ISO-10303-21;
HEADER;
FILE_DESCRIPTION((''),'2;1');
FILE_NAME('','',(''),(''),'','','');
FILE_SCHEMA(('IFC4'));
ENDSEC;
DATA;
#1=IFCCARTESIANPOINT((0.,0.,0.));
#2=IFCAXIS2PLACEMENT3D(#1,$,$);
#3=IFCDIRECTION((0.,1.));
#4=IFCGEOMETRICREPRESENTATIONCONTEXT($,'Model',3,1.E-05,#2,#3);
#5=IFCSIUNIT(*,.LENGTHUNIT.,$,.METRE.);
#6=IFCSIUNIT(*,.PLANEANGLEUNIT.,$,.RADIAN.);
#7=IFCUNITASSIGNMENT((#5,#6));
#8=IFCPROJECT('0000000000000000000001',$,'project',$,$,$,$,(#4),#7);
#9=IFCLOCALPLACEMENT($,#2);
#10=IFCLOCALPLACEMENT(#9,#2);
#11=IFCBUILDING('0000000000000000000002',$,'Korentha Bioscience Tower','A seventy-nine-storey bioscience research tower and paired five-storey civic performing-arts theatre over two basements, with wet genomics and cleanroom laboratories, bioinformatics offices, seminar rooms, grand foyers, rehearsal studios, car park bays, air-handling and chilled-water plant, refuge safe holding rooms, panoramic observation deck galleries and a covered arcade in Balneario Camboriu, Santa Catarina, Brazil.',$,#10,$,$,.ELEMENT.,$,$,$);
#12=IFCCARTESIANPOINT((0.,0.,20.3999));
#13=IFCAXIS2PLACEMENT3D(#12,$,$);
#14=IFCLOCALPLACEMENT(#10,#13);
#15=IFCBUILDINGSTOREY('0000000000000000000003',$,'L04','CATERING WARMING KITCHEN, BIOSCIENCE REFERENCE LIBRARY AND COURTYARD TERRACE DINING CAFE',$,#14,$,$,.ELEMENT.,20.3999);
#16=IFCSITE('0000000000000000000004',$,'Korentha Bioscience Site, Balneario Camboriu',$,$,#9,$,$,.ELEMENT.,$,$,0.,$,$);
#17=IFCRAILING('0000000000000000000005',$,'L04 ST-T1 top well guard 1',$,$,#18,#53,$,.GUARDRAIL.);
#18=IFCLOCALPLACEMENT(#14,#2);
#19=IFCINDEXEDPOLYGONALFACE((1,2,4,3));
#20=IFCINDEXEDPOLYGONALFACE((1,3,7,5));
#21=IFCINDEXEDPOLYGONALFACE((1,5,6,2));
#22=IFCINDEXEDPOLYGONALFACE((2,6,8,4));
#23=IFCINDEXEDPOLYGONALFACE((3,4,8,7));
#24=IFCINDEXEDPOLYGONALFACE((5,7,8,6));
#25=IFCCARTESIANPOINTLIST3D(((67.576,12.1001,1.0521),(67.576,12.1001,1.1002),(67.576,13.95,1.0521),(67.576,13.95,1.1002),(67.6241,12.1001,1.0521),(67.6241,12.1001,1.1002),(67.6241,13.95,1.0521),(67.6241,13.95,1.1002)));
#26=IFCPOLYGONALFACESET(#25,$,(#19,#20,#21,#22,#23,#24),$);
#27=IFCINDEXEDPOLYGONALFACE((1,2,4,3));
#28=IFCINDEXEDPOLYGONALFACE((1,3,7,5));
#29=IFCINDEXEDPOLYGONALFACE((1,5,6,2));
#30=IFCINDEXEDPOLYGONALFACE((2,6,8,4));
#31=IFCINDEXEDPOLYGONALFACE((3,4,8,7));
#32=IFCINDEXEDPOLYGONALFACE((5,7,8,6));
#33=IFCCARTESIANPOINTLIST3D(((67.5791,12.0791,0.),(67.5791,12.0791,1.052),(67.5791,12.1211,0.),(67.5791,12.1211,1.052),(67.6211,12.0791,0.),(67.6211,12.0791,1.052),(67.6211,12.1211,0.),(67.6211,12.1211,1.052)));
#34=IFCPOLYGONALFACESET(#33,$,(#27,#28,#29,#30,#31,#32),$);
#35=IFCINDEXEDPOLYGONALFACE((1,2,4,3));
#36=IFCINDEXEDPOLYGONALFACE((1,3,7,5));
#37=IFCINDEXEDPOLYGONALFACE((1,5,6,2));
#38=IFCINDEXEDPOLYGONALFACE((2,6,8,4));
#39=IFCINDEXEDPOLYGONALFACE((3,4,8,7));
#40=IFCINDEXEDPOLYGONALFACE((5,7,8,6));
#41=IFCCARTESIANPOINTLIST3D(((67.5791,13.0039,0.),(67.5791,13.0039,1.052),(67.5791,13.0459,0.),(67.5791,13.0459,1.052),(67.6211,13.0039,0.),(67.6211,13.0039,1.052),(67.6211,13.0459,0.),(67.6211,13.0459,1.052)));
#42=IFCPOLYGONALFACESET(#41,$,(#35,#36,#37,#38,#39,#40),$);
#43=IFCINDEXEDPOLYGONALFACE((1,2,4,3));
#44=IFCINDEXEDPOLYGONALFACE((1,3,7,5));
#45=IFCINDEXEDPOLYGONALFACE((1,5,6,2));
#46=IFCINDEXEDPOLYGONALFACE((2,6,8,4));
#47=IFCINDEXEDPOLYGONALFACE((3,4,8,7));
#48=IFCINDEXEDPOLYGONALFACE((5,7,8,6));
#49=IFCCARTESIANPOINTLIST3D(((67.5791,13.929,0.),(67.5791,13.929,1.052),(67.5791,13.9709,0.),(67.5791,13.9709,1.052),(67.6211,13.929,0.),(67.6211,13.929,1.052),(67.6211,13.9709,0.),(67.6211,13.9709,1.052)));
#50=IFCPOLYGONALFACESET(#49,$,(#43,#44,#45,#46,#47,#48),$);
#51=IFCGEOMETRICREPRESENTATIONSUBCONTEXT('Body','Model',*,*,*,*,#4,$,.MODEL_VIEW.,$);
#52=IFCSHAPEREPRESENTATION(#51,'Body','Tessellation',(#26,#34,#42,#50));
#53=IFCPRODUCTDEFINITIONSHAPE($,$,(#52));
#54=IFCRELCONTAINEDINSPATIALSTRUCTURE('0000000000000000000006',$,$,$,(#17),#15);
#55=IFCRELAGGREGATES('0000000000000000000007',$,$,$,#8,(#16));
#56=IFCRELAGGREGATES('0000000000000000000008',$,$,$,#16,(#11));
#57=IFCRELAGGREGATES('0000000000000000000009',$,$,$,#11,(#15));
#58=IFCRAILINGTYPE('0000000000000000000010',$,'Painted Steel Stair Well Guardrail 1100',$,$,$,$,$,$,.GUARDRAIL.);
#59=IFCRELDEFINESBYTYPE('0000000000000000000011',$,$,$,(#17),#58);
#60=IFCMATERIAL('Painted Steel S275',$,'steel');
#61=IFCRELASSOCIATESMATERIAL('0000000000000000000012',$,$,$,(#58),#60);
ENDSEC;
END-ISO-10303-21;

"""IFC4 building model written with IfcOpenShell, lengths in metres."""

from ifc_helpers import new_model, si_unit, direction, frame, origin, origin_2d, place, context, subcontext, project, spatial, rectangle, extrude, material, type_object, element, save


model = new_model("IFC4")

# Units and contexts
model_context = context("Model", 3, precision=1e-05, world=origin(), true_north=direction((0.0, 1.0)))
body_context = subcontext(model_context, "Body", "Model", "MODEL_VIEW")
ifc_project = project(units=[si_unit("LENGTHUNIT", "METRE"), si_unit("PLANEANGLEUNIT", "RADIAN")], contexts=[model_context])

# Site, building, storey
site_placement = place(None, origin())
site = spatial("IfcSite", under=ifc_project, at=site_placement, Name="Korentha Bioscience Site, Balneario Camboriu", CompositionType="ELEMENT", RefElevation=0.0)
building_placement = place(site_placement, origin())
building = spatial("IfcBuilding", under=site, at=building_placement, Name="Korentha Bioscience Tower", Description="A seventy-nine-storey bioscience research tower and paired five-storey civic performing-arts theatre over two basements, with wet genomics and cleanroom laboratories, bioinformatics offices, seminar rooms, grand foyers, rehearsal studios, car park bays, air-handling and chilled-water plant, refuge safe holding rooms, panoramic observation deck galleries and a covered arcade in Balneario Camboriu, Santa Catarina, Brazil.", CompositionType="ELEMENT")
storey_placement = place(building_placement, frame((0.0, 0.0, 20.3999)))
storey = spatial("IfcBuildingStorey", under=building, at=storey_placement, Name="L04", Description="CATERING WARMING KITCHEN, BIOSCIENCE REFERENCE LIBRARY AND COURTYARD TERRACE DINING CAFE", CompositionType="ELEMENT", Elevation=20.3999)

# Railing
ifc_material_1 = material(Name="Painted Steel S275", Category="steel")
railing_type_1 = type_object("IfcRailingType", Name="Painted Steel Stair Well Guardrail 1100", PredefinedType="GUARDRAIL", material=ifc_material_1)
railing_1_placement = place(storey_placement, frame((67.6001, 12.1001, 0.0)))
element("IfcRailing", 1, at=railing_1_placement, inside=storey, type_object=railing_type_1, Name="L04 ST-T1 top well guard 1", PredefinedType="GUARDRAIL", context=body_context, shape_type="SweptSolid", body=[
    extrude(rectangle(XDim=0.0481, YDim=0.0481, at=origin_2d()), frame((0.0, 0.0, 1.0762), z_axis=(0.0, 1.0, 0.0), x_axis=(-1.0, 0.0, 0.0)), (0.0, 0.0, 1.0), 1.8499),
    extrude(rectangle(XDim=0.042, YDim=0.042, at=origin_2d()), origin(), (0.0, 0.0, 1.0), 1.052),
    extrude(rectangle(XDim=0.042, YDim=0.042, at=origin_2d()), frame((0.0, 0.9248, 0.0)), (0.0, 0.0, 1.0), 1.052),
    extrude(rectangle(XDim=0.042, YDim=0.042, at=origin_2d()), frame((0.0, 1.8499, 0.0)), (0.0, 0.0, 1.0), 1.052),
])

save(model, "model.ifc")
